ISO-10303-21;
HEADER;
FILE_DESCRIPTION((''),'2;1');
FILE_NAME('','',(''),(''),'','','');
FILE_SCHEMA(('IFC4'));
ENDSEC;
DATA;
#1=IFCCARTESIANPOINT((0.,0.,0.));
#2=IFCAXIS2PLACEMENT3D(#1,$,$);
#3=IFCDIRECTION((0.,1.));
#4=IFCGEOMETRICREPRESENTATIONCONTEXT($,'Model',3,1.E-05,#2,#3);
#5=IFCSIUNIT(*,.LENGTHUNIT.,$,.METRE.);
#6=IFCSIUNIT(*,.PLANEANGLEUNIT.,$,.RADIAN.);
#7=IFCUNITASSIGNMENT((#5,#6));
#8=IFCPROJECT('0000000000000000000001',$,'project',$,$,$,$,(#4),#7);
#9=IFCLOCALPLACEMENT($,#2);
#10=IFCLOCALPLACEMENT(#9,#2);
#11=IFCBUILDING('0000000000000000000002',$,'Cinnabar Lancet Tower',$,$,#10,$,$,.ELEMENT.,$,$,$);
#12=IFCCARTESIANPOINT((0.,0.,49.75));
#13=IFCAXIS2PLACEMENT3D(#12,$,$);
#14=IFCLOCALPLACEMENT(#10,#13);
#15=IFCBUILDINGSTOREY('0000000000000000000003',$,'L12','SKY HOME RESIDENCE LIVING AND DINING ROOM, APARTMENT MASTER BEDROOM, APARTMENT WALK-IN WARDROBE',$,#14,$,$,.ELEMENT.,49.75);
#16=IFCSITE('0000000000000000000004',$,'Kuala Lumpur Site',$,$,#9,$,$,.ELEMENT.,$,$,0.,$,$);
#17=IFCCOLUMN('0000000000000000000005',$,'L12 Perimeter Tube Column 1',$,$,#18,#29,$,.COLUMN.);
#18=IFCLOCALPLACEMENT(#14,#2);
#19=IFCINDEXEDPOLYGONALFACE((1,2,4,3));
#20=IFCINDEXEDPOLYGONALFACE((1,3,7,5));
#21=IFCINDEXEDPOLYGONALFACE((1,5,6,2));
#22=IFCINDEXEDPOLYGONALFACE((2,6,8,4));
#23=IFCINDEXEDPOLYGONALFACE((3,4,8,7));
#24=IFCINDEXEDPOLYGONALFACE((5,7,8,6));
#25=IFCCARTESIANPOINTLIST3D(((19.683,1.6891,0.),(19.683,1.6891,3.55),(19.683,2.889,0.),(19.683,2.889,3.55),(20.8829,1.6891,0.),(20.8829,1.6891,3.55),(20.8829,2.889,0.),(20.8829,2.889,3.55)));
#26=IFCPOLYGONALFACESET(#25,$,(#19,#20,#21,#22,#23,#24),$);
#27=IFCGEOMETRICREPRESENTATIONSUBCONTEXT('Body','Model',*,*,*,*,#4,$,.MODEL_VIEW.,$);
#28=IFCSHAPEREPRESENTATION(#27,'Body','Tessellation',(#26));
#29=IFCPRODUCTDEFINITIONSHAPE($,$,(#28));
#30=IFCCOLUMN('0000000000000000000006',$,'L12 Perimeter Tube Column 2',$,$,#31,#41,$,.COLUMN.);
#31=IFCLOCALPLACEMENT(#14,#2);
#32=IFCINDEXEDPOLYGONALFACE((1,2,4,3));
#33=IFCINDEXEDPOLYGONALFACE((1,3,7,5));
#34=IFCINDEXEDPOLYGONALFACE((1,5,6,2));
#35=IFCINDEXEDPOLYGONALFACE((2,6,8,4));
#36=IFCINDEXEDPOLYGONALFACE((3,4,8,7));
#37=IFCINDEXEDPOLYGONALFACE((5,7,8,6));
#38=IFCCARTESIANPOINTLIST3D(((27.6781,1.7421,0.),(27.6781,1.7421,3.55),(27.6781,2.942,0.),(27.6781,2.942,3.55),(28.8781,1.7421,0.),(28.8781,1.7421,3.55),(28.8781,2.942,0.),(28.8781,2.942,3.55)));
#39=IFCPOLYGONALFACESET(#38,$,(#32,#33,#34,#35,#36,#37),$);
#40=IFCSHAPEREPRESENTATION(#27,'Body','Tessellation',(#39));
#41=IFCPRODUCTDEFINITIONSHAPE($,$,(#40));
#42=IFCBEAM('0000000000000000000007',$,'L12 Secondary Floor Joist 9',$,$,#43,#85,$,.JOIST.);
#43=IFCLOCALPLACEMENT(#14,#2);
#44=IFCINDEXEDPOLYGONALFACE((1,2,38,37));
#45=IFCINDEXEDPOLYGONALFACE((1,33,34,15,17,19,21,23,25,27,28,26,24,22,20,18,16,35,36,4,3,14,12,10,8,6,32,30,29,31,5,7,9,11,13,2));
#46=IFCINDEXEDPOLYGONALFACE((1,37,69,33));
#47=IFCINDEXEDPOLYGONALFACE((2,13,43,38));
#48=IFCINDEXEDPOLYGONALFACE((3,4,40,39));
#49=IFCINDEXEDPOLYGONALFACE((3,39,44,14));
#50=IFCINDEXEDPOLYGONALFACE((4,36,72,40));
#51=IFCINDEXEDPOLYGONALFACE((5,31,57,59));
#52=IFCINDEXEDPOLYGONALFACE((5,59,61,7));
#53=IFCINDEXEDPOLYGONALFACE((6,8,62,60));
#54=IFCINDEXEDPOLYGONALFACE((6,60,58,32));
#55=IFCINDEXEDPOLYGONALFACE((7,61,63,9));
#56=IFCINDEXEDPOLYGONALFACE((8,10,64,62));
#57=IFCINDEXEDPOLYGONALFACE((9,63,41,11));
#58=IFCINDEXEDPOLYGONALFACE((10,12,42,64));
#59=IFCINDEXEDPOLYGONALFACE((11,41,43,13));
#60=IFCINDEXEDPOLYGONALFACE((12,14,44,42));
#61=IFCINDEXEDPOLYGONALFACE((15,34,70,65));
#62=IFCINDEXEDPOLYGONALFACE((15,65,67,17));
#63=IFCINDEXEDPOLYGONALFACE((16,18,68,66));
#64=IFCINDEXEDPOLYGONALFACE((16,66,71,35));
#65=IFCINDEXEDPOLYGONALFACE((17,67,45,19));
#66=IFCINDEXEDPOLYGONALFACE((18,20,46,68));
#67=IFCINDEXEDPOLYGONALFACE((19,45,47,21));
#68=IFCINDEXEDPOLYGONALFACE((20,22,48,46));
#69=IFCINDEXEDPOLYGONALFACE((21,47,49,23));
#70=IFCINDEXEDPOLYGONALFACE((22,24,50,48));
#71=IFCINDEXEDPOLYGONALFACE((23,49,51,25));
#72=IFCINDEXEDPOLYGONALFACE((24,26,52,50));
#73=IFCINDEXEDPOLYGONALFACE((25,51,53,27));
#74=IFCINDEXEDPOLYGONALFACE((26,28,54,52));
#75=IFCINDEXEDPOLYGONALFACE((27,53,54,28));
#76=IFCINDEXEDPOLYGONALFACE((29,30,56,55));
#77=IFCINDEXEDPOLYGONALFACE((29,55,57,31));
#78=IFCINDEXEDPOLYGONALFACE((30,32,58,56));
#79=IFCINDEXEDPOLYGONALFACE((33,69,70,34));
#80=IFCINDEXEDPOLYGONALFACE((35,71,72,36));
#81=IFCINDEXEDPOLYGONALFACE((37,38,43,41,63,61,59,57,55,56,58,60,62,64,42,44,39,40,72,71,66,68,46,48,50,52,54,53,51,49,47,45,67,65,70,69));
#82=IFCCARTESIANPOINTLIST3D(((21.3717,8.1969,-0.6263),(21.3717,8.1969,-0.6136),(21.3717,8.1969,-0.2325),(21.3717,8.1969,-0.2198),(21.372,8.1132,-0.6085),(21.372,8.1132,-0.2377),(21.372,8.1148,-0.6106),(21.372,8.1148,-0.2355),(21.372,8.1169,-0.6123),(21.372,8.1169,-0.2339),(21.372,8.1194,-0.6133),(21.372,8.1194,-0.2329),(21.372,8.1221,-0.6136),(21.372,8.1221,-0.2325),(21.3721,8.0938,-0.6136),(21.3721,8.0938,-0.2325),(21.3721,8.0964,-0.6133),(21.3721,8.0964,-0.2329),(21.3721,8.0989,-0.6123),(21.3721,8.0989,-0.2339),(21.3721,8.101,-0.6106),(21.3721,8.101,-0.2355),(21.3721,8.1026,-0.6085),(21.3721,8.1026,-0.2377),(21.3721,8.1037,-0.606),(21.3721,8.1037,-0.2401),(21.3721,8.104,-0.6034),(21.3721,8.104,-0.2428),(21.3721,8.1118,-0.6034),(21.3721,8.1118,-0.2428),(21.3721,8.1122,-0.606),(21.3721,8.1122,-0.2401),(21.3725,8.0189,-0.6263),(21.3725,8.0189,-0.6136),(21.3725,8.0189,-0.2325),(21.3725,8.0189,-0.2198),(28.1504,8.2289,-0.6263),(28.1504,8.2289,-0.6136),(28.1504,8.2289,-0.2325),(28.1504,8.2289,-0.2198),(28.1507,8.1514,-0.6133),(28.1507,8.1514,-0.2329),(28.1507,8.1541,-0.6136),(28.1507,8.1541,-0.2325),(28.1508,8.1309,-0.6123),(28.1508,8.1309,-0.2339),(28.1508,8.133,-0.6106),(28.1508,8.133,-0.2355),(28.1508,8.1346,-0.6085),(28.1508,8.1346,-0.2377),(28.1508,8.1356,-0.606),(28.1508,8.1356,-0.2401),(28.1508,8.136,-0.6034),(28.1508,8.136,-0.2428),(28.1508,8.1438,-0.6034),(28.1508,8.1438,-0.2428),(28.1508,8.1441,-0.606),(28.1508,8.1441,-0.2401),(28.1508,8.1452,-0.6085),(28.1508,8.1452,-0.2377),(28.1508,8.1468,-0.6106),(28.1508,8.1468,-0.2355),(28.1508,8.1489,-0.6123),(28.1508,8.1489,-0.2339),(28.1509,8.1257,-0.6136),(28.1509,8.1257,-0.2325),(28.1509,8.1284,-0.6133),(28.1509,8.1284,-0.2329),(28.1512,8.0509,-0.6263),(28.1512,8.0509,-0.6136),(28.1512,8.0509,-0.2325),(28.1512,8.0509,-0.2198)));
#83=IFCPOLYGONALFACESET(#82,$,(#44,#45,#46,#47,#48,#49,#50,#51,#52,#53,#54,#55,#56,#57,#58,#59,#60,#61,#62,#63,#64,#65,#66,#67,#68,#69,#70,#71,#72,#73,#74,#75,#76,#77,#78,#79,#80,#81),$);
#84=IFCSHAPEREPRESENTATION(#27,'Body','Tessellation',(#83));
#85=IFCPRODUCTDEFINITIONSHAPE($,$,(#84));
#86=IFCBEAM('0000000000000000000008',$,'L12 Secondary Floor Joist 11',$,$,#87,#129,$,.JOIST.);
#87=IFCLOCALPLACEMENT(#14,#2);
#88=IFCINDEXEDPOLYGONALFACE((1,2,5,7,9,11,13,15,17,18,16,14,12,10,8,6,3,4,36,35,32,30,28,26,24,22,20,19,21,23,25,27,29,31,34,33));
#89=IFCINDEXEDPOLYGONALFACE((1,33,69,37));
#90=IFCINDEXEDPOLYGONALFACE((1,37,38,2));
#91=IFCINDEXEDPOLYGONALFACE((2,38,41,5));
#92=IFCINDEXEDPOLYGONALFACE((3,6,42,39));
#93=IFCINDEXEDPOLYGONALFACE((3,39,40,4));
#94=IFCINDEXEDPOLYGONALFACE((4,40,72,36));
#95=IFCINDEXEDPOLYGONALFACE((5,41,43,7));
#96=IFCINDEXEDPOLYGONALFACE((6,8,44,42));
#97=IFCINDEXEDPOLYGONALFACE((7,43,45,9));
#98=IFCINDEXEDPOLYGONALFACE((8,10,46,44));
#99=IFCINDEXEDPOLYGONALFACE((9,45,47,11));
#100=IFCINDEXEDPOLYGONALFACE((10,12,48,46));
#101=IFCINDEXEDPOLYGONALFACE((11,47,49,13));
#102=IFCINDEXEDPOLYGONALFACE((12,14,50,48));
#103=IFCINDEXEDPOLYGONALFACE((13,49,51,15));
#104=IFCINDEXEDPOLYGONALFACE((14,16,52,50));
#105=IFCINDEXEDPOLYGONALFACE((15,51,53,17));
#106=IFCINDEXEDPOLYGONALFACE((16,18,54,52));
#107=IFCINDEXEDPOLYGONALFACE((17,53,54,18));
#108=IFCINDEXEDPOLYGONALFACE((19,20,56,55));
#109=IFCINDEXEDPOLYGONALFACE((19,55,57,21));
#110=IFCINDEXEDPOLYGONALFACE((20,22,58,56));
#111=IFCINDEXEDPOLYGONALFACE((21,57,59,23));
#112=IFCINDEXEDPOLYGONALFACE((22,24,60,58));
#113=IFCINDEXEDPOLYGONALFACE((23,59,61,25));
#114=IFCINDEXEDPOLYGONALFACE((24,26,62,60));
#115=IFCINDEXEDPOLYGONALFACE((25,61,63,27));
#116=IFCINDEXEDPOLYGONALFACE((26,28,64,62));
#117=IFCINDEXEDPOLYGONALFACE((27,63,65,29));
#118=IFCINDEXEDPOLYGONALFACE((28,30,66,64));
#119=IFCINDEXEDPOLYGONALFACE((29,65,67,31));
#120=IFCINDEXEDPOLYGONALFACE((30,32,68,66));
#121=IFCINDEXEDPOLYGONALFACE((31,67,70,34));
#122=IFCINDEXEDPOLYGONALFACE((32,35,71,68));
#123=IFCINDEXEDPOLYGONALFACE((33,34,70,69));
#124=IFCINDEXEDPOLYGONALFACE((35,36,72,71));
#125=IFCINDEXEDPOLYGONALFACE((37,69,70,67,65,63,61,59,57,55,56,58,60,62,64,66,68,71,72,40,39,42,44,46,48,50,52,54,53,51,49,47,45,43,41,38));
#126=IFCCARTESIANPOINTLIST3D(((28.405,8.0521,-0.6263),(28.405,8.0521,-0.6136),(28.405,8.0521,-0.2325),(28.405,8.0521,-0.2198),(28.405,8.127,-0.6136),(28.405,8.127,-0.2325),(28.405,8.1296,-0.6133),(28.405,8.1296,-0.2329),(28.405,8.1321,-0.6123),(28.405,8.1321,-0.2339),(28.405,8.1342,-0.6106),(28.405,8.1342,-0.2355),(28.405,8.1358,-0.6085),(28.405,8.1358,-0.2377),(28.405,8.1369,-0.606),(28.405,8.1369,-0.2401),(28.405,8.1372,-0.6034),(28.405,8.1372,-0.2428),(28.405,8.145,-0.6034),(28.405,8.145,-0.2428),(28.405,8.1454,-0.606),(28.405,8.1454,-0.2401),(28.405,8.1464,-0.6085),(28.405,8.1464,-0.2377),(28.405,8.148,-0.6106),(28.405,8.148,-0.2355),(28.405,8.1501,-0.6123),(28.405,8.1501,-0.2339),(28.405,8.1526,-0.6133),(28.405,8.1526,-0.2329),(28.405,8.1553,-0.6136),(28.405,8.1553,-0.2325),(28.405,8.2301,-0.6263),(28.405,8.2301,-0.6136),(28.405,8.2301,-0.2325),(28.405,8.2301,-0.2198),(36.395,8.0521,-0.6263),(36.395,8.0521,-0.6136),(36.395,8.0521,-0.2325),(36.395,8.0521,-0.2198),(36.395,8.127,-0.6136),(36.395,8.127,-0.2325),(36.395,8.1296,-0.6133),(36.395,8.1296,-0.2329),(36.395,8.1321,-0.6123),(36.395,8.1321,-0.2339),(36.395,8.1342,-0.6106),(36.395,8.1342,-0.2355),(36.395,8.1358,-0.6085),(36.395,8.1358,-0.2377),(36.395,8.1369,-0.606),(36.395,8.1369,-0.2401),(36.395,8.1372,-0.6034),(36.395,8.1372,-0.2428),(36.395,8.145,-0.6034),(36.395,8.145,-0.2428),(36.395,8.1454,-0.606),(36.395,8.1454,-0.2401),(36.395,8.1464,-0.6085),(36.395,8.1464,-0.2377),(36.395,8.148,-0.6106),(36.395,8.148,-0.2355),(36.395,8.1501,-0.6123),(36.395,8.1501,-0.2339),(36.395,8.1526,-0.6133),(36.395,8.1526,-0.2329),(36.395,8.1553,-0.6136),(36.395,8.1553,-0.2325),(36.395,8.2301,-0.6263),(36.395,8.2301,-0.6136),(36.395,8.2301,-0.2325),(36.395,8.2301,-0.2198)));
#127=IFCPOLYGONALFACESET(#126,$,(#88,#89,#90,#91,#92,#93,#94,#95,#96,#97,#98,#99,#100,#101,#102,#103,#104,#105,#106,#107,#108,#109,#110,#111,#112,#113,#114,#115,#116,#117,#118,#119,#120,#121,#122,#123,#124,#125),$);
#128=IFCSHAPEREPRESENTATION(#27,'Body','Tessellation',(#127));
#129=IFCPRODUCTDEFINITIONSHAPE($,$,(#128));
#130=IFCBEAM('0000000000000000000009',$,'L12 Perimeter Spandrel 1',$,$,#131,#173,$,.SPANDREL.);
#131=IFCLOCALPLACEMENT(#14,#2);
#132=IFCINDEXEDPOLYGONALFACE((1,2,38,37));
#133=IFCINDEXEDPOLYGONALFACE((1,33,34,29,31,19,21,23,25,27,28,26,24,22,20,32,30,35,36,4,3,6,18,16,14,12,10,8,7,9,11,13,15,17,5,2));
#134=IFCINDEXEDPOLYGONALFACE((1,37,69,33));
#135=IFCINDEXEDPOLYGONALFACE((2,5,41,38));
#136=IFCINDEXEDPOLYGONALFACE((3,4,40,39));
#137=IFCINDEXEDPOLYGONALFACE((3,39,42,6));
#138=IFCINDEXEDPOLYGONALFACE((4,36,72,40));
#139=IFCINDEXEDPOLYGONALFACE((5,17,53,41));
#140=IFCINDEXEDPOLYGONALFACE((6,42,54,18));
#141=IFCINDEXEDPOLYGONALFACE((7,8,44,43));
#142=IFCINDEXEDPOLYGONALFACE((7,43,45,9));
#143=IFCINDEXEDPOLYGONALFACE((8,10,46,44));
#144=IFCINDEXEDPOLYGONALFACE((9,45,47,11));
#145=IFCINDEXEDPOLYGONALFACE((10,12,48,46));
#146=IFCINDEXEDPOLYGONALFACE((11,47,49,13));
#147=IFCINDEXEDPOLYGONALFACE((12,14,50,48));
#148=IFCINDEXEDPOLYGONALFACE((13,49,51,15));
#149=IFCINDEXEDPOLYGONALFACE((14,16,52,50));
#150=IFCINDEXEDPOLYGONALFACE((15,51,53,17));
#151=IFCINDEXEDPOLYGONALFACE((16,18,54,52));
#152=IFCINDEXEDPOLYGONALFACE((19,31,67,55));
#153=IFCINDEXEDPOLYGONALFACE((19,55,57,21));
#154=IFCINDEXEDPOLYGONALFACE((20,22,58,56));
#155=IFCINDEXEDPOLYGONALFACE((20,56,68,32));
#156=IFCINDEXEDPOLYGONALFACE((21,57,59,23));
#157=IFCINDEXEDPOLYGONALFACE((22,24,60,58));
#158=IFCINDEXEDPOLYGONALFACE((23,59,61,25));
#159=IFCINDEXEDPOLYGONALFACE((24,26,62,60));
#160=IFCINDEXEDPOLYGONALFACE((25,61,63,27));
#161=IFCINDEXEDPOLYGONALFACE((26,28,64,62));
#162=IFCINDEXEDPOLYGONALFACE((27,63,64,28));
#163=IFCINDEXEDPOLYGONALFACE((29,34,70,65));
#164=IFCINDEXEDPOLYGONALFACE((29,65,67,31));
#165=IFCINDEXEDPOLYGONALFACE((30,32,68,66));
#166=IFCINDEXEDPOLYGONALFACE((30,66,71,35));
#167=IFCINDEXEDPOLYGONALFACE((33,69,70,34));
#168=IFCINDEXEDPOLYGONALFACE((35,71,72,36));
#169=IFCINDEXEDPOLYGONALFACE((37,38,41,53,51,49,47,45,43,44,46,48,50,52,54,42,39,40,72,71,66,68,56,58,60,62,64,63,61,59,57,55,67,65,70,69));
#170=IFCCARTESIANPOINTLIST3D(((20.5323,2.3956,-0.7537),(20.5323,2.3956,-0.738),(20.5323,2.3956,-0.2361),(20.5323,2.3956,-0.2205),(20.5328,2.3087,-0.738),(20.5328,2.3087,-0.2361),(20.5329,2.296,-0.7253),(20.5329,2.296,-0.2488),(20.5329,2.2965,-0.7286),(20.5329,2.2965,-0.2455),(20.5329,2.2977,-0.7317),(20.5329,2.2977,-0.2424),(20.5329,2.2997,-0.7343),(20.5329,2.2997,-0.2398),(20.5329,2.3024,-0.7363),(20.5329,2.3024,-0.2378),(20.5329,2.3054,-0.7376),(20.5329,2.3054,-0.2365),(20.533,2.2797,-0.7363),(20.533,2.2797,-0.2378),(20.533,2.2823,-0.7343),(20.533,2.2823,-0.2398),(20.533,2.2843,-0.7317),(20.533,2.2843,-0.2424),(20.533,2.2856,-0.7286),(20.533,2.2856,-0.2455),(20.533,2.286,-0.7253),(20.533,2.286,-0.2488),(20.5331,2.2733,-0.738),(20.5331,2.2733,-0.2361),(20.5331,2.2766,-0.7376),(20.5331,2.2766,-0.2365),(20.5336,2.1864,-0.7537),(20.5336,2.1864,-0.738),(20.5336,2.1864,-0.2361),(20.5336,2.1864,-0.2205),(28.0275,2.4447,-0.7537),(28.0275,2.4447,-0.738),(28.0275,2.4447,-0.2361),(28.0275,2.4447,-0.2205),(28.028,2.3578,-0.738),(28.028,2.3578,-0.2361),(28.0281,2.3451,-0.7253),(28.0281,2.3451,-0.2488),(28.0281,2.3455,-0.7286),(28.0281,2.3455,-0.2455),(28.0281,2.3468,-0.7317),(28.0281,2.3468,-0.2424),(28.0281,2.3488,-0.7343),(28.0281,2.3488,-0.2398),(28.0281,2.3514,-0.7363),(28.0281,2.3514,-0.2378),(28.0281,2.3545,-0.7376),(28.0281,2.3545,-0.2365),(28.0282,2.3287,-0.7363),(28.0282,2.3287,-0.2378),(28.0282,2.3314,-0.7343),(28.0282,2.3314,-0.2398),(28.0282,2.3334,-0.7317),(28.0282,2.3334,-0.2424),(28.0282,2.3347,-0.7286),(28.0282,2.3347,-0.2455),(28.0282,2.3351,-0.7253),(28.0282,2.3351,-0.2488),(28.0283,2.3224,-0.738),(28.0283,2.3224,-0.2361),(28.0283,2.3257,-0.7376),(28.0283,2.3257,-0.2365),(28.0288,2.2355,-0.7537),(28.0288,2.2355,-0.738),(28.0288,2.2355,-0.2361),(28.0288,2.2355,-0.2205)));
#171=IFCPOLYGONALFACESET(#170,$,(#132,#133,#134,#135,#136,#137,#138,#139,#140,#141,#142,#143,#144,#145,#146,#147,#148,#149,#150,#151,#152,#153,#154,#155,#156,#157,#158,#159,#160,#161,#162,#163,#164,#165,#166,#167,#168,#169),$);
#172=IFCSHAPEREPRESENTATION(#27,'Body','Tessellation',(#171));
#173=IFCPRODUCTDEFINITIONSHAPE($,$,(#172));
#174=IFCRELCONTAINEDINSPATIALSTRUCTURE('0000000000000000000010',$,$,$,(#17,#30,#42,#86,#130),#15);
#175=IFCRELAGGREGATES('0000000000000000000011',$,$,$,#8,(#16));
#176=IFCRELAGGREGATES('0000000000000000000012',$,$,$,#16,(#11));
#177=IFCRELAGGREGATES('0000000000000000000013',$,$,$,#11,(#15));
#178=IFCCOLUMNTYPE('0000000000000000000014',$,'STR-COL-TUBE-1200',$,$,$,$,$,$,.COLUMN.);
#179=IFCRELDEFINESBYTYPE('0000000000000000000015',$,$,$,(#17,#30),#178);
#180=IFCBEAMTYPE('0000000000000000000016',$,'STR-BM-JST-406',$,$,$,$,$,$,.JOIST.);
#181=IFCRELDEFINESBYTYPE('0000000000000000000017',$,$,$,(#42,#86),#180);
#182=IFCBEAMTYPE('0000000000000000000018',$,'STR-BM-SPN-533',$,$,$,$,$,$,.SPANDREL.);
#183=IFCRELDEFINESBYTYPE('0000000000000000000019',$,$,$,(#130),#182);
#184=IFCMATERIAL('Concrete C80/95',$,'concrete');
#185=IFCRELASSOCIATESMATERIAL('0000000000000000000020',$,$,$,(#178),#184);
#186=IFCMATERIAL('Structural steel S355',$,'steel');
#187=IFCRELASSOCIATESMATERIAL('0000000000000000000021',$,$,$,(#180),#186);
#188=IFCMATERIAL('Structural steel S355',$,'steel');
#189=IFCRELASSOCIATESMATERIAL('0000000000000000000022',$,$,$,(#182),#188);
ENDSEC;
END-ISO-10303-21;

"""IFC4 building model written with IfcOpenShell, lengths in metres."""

from ifc_helpers import new_model, si_unit, direction, frame, origin, origin_2d, place, context, subcontext, project, spatial, rectangle, i_section, extrude, material, material_profile, profile_set, type_object, element, save


model = new_model("IFC4")

# Units and contexts
model_context = context("Model", 3, precision=1e-05, world=origin(), true_north=direction((0.0, 1.0)))
body_context = subcontext(model_context, "Body", "Model", "MODEL_VIEW")
ifc_project = project(units=[si_unit("LENGTHUNIT", "METRE"), si_unit("PLANEANGLEUNIT", "RADIAN")], contexts=[model_context])

# Site, building, storey
site_placement = place(None, origin())
site = spatial("IfcSite", under=ifc_project, at=site_placement, Name="Kuala Lumpur Site", CompositionType="ELEMENT", RefElevation=0.0)
building_placement = place(site_placement, origin())
building = spatial("IfcBuilding", under=site, at=building_placement, Name="Cinnabar Lancet Tower", CompositionType="ELEMENT")
storey_placement = place(building_placement, frame((0.0, 0.0, 49.75)))
storey = spatial("IfcBuildingStorey", under=building, at=storey_placement, Name="L12", Description="SKY HOME RESIDENCE LIVING AND DINING ROOM, APARTMENT MASTER BEDROOM, APARTMENT WALK-IN WARDROBE", CompositionType="ELEMENT", Elevation=49.75)

# Columns
ifc_material_1 = material(Name="Concrete C80/95", Category="concrete")
ifc_material_profile_1 = material_profile(ifc_material_1, rectangle(XDim=1.2, YDim=1.2, at=origin_2d()), Name="RC-COL 1200x1200")
ifc_profile_set_1 = profile_set([ifc_material_profile_1], Name="Concrete C80/95")
column_type = type_object("IfcColumnType", Name="STR-COL-TUBE-1200", PredefinedType="COLUMN", material=ifc_profile_set_1)
for number, where, z_axis, x_axis, name in (
    (1, (20.283, 2.2891, 0.0), (0.0, 0.0, 1.0), (1.0, 0.0, 0.0), "L12 Perimeter Tube Column 1"),
    (2, (28.2781, 2.342, 0.0), (0.0, 0.0, 1.0), (1.0, 0.0, 0.0), "L12 Perimeter Tube Column 2"),
):
    element("IfcColumn", number, at=place(storey_placement, frame(where, z_axis=z_axis, x_axis=x_axis)), inside=storey, type_object=column_type, Name=name, PredefinedType="COLUMN", context=body_context, shape_type="SweptSolid", body=[
        extrude(rectangle(XDim=1.2, YDim=1.2, at=origin_2d()), origin(), (0.0, 0.0, 1.0), 3.55),
    ])

# Beams
ifc_material_2 = material(Name="Structural steel S355", Category="steel")
ifc_material_profile_2 = material_profile(ifc_material_2, i_section(OverallWidth=0.178, OverallDepth=0.4065, WebThickness=0.0078, FlangeThickness=0.0127, FilletRadius=0.0103, at=origin_2d()), Name="UKB 406x178x60")
ifc_profile_set_2 = profile_set([ifc_material_profile_2], Name="Structural steel S355")
beam_type_1 = type_object("IfcBeamType", Name="STR-BM-JST-406", PredefinedType="JOIST", material=ifc_profile_set_2)
beam_1_placement = place(storey_placement, frame((21.3721, 8.1079, -0.4231), z_axis=(0.999989, 0.004718, 0.0), x_axis=(-0.004718, 0.999989, 0.0)))
element("IfcBeam", 3, at=beam_1_placement, inside=storey, type_object=beam_type_1, Name="L12 Secondary Floor Joist 9", PredefinedType="JOIST", context=body_context, shape_type="SweptSolid", body=[
    extrude(i_section(OverallWidth=0.178, OverallDepth=0.4065, WebThickness=0.0078, FlangeThickness=0.0127, FilletRadius=0.0103, at=origin_2d()), origin(), (0.0, 0.0, 1.0), 6.7788),
])
beam_2_placement = place(storey_placement, frame((28.405, 8.1411, -0.4231), z_axis=(1.0, 0.0, 0.0), x_axis=(0.0, 1.0, 0.0)))
element("IfcBeam", 4, at=beam_2_placement, inside=storey, type_object=beam_type_1, Name="L12 Secondary Floor Joist 11", PredefinedType="JOIST", context=body_context, shape_type="SweptSolid", body=[
    extrude(i_section(OverallWidth=0.178, OverallDepth=0.4065, WebThickness=0.0078, FlangeThickness=0.0127, FilletRadius=0.0103, at=origin_2d()), origin(), (0.0, 0.0, 1.0), 7.99),
])
ifc_material_3 = material(Name="Structural steel S355", Category="steel")
ifc_material_profile_3 = material_profile(ifc_material_3, i_section(OverallWidth=0.2092, OverallDepth=0.5332, WebThickness=0.01, FlangeThickness=0.0156, FilletRadius=0.0127, at=origin_2d()), Name="UKB 533x210x92")
ifc_profile_set_3 = profile_set([ifc_material_profile_3], Name="Structural steel S355")
beam_type_2 = type_object("IfcBeamType", Name="STR-BM-SPN-533", PredefinedType="SPANDREL", material=ifc_profile_set_3)
beam_3_placement = place(storey_placement, frame((20.533, 2.291, -0.4871), z_axis=(0.999979, 0.006547, 0.0), x_axis=(-0.006547, 0.999979, 0.0)))
element("IfcBeam", 5, at=beam_3_placement, inside=storey, type_object=beam_type_2, Name="L12 Perimeter Spandrel 1", PredefinedType="SPANDREL", context=body_context, shape_type="SweptSolid", body=[
    extrude(i_section(OverallWidth=0.2092, OverallDepth=0.5332, WebThickness=0.01, FlangeThickness=0.0156, FilletRadius=0.0127, at=origin_2d()), origin(), (0.0, 0.0, 1.0), 7.4954),
])

save(model, "model.ifc")
